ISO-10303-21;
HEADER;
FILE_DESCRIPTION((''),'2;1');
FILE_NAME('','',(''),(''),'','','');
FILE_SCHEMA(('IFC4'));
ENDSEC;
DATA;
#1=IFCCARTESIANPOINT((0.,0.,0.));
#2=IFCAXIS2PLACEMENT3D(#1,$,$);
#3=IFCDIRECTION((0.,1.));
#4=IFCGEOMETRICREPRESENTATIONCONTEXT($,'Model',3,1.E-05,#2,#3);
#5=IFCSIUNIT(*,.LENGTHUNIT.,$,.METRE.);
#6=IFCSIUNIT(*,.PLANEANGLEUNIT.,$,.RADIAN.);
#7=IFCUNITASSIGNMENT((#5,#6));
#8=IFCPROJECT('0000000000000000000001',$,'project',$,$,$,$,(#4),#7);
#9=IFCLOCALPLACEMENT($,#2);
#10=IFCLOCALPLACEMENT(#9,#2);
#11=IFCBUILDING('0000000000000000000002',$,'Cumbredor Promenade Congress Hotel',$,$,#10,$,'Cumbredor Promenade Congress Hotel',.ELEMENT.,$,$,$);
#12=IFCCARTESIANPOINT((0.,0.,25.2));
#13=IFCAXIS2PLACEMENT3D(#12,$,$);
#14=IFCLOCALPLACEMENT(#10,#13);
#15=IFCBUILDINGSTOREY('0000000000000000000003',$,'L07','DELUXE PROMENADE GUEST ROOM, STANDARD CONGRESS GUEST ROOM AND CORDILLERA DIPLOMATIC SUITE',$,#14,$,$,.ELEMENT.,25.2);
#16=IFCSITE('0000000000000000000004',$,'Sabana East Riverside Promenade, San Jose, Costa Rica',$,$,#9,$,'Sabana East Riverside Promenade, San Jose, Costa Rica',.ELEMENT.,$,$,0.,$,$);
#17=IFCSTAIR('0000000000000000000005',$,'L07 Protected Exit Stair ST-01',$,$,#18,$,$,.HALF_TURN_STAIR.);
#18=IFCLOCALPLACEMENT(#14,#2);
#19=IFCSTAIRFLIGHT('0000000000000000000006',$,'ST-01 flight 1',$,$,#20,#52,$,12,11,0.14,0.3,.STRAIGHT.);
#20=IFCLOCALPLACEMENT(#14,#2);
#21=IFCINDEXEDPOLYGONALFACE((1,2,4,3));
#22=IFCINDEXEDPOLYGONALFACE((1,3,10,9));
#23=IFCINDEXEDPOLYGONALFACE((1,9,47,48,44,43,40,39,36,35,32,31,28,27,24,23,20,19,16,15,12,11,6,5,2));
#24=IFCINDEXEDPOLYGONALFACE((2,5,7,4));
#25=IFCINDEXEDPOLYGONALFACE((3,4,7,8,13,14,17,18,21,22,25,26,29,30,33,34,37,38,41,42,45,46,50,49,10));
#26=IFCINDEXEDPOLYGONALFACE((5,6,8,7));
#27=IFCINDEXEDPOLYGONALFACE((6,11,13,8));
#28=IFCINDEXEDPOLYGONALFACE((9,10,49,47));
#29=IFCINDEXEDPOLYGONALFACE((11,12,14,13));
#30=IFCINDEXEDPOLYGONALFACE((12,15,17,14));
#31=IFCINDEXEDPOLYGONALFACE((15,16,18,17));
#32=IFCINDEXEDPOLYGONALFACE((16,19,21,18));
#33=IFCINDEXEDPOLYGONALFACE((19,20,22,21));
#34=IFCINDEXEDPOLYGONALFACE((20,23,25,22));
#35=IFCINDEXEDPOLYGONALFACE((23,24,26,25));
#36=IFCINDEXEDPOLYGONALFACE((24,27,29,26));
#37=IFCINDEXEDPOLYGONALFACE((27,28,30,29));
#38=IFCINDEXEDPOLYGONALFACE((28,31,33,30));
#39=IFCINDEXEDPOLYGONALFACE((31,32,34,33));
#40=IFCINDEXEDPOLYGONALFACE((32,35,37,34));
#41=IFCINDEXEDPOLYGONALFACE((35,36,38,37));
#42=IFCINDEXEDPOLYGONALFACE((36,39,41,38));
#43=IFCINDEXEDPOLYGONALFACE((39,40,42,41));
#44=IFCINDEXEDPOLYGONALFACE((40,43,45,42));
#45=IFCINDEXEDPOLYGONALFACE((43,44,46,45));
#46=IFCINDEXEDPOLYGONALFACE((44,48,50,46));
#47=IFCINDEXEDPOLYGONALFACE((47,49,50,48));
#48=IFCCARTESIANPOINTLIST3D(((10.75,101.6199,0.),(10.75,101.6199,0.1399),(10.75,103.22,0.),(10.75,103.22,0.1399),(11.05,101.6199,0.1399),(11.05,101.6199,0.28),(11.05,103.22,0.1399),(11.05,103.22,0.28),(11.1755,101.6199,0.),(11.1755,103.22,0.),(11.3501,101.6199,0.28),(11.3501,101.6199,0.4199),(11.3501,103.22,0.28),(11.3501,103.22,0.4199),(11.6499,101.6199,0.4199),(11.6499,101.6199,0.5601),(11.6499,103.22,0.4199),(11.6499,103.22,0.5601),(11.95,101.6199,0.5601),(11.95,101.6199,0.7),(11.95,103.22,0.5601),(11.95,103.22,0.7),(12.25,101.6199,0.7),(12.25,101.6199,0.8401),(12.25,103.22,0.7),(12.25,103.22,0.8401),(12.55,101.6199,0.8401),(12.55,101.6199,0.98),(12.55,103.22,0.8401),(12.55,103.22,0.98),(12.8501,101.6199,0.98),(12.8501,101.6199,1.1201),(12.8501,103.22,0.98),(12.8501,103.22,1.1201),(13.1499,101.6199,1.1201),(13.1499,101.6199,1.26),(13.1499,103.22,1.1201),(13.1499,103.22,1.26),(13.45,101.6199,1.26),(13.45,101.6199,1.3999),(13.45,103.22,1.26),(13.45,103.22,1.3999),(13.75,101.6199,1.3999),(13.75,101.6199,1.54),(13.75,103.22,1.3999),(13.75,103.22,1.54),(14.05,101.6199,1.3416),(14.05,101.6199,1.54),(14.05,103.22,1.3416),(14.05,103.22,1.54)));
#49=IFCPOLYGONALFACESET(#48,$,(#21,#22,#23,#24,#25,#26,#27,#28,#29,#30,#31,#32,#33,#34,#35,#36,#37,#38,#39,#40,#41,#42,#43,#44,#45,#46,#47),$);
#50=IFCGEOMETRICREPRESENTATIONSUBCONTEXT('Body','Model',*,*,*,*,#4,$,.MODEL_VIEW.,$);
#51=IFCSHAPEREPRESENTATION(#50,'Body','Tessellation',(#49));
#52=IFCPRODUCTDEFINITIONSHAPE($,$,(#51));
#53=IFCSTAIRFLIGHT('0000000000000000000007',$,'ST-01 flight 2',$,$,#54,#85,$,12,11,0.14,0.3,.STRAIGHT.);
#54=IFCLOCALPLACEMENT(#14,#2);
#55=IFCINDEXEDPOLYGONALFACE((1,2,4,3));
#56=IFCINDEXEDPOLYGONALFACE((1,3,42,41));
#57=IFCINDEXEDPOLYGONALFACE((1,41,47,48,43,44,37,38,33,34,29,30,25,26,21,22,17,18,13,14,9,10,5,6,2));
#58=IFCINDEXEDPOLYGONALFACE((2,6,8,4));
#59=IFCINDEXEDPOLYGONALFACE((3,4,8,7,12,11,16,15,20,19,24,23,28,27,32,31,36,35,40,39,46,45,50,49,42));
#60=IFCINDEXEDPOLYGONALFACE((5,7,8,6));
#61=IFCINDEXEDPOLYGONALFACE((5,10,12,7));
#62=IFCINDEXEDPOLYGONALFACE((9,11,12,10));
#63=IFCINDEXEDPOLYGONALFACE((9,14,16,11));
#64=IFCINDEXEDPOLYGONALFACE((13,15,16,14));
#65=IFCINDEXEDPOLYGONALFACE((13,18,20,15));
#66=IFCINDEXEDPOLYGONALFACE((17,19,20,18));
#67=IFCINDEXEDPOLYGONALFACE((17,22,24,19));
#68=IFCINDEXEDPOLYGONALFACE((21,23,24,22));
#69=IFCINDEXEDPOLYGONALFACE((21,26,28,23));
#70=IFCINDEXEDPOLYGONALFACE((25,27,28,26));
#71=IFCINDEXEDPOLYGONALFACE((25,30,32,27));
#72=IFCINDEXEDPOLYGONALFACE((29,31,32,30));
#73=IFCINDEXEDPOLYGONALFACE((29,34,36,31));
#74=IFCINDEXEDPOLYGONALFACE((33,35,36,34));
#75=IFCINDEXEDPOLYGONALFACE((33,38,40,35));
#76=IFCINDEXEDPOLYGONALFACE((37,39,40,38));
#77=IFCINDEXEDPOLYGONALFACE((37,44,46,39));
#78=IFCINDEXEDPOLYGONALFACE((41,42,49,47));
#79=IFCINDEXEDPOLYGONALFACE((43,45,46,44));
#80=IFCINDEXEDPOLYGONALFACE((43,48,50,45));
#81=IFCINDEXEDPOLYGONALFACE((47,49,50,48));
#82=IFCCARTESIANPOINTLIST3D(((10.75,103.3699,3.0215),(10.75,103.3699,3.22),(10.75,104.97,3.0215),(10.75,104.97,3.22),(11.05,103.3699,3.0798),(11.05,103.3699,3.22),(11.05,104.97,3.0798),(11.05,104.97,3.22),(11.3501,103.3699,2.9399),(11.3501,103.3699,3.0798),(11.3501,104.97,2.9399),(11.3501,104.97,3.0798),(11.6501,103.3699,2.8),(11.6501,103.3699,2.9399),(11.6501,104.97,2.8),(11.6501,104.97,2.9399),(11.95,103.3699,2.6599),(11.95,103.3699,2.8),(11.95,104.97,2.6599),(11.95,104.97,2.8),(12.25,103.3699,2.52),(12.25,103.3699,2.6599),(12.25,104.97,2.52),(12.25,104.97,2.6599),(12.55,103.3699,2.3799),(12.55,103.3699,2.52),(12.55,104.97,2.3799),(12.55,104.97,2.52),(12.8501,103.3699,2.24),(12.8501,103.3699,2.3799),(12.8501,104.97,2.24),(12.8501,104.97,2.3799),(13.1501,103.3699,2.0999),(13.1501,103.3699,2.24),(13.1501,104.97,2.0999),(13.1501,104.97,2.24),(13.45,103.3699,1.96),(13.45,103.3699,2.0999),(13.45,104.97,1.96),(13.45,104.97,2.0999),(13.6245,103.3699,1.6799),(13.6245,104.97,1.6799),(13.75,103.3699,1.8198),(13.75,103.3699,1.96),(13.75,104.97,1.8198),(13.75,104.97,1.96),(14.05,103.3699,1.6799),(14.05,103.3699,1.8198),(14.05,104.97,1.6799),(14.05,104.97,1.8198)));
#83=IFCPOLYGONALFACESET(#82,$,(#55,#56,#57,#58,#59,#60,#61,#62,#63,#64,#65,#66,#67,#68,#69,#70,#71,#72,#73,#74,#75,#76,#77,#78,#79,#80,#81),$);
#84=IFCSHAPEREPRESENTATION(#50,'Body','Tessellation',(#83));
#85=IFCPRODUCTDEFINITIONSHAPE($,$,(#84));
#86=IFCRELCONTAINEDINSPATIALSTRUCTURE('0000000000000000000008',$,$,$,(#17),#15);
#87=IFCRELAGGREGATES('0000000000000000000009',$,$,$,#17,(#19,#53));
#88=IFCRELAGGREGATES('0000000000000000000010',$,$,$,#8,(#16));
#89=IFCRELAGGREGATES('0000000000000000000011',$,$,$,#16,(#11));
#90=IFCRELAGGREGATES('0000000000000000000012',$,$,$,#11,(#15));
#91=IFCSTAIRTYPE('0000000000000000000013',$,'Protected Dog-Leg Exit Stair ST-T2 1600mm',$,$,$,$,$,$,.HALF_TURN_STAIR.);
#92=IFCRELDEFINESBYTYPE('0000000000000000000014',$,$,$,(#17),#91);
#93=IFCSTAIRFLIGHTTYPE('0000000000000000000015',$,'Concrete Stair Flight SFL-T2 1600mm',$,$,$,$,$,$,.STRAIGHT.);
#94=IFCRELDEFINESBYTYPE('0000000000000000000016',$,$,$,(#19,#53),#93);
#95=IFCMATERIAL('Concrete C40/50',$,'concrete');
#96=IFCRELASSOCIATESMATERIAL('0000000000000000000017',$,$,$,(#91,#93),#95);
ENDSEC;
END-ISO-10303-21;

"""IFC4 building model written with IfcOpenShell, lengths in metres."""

from ifc_helpers import new_model, si_unit, direction, frame, origin, place, context, subcontext, project, spatial, polyline, outline, extrude, material, type_object, element, aggregate, save


model = new_model("IFC4")

# Units and contexts
model_context = context("Model", 3, precision=1e-05, world=origin(), true_north=direction((0.0, 1.0)))
body_context = subcontext(model_context, "Body", "Model", "MODEL_VIEW")
ifc_project = project(units=[si_unit("LENGTHUNIT", "METRE"), si_unit("PLANEANGLEUNIT", "RADIAN")], contexts=[model_context])

# Site, building, storey
site_placement = place(None, origin())
site = spatial("IfcSite", under=ifc_project, at=site_placement, Name="Sabana East Riverside Promenade, San Jose, Costa Rica", LongName="Sabana East Riverside Promenade, San Jose, Costa Rica", CompositionType="ELEMENT", RefElevation=0.0)
building_placement = place(site_placement, origin())
building = spatial("IfcBuilding", under=site, at=building_placement, Name="Cumbredor Promenade Congress Hotel", LongName="Cumbredor Promenade Congress Hotel", CompositionType="ELEMENT")
storey_placement = place(building_placement, frame((0.0, 0.0, 25.2)))
storey = spatial("IfcBuildingStorey", under=building, at=storey_placement, Name="L07", Description="DELUXE PROMENADE GUEST ROOM, STANDARD CONGRESS GUEST ROOM AND CORDILLERA DIPLOMATIC SUITE", CompositionType="ELEMENT", Elevation=25.2)

# Shared definitions
ifc_material_1 = material(Name="Concrete C40/50", Category="concrete")

# Stair, stair flights
stair_type = type_object("IfcStairType", Name="Protected Dog-Leg Exit Stair ST-T2 1600mm", PredefinedType="HALF_TURN_STAIR", material=ifc_material_1)
stair_placement = place(storey_placement, origin())
stair = element("IfcStair", 1, at=stair_placement, inside=storey, type_object=stair_type, Name="L07 Protected Exit Stair ST-01", PredefinedType="HALF_TURN_STAIR")
stair_flight_type = type_object("IfcStairFlightType", Name="Concrete Stair Flight SFL-T2 1600mm", PredefinedType="STRAIGHT", material=ifc_material_1)
stair_flight_1_placement = place(storey_placement, frame((10.75, 102.4199, 0.0), z_axis=(0.0, 0.0, 1.0), x_axis=(1.0, 0.0, 0.0)))
stair_flight_1 = element("IfcStairFlight", 2, at=stair_flight_1_placement, type_object=stair_flight_type, Name="ST-01 flight 1", NumberOfRisers=12, NumberOfTreads=11, PredefinedType="STRAIGHT", RiserHeight=0.14, TreadLength=0.3, context=body_context, shape_type="SweptSolid", body=[
    extrude(outline(polyline([(0.0, 0.0), (0.0, 0.1399), (0.3, 0.1399), (0.3, 0.28), (0.6001, 0.28), (0.6001, 0.4199), (0.8999, 0.4199), (0.8999, 0.5601), (1.2, 0.5601), (1.2, 0.7), (1.5, 0.7), (1.5, 0.8401), (1.8, 0.8401), (1.8, 0.98), (2.1001, 0.98), (2.1001, 1.1201), (2.3999, 1.1201), (2.3999, 1.26), (2.7, 1.26), (2.7, 1.3999), (3.0, 1.3999), (3.0, 1.54), (3.3, 1.54), (3.3, 1.6799), (3.3, 1.3416), (0.4255, 0.0), (0.0, 0.0)])), frame((0.0, 0.8, 0.0), z_axis=(0.0, -1.0, 0.0), x_axis=(1.0, 0.0, 0.0)), (0.0, 0.0, 1.0), 1.6001),
])
stair_flight_2_placement = place(storey_placement, frame((14.05, 104.1699, 1.6799), z_axis=(0.0, 0.0, 1.0), x_axis=(-1.0, 0.0, 0.0)))
stair_flight_2 = element("IfcStairFlight", 3, at=stair_flight_2_placement, type_object=stair_flight_type, Name="ST-01 flight 2", NumberOfRisers=12, NumberOfTreads=11, PredefinedType="STRAIGHT", RiserHeight=0.14, TreadLength=0.3, context=body_context, shape_type="SweptSolid", body=[
    extrude(outline(polyline([(0.0, 0.0), (0.0, 0.1399), (0.3, 0.1399), (0.3, 0.28), (0.6001, 0.28), (0.6001, 0.4199), (0.8999, 0.4199), (0.8999, 0.5601), (1.2, 0.5601), (1.2, 0.7), (1.5, 0.7), (1.5, 0.8401), (1.8, 0.8401), (1.8, 0.98), (2.1001, 0.98), (2.1001, 1.1201), (2.3999, 1.1201), (2.3999, 1.26), (2.7, 1.26), (2.7, 1.3999), (3.0, 1.3999), (3.0, 1.54), (3.3, 1.54), (3.3, 1.6799), (3.3, 1.3416), (0.4255, 0.0), (0.0, 0.0)])), frame((0.0, 0.8, 0.0), z_axis=(0.0, -1.0, 0.0), x_axis=(1.0, 0.0, 0.0)), (0.0, 0.0, 1.0), 1.6001),
])
aggregate(stair, [stair_flight_1, stair_flight_2])

save(model, "model.ifc")
